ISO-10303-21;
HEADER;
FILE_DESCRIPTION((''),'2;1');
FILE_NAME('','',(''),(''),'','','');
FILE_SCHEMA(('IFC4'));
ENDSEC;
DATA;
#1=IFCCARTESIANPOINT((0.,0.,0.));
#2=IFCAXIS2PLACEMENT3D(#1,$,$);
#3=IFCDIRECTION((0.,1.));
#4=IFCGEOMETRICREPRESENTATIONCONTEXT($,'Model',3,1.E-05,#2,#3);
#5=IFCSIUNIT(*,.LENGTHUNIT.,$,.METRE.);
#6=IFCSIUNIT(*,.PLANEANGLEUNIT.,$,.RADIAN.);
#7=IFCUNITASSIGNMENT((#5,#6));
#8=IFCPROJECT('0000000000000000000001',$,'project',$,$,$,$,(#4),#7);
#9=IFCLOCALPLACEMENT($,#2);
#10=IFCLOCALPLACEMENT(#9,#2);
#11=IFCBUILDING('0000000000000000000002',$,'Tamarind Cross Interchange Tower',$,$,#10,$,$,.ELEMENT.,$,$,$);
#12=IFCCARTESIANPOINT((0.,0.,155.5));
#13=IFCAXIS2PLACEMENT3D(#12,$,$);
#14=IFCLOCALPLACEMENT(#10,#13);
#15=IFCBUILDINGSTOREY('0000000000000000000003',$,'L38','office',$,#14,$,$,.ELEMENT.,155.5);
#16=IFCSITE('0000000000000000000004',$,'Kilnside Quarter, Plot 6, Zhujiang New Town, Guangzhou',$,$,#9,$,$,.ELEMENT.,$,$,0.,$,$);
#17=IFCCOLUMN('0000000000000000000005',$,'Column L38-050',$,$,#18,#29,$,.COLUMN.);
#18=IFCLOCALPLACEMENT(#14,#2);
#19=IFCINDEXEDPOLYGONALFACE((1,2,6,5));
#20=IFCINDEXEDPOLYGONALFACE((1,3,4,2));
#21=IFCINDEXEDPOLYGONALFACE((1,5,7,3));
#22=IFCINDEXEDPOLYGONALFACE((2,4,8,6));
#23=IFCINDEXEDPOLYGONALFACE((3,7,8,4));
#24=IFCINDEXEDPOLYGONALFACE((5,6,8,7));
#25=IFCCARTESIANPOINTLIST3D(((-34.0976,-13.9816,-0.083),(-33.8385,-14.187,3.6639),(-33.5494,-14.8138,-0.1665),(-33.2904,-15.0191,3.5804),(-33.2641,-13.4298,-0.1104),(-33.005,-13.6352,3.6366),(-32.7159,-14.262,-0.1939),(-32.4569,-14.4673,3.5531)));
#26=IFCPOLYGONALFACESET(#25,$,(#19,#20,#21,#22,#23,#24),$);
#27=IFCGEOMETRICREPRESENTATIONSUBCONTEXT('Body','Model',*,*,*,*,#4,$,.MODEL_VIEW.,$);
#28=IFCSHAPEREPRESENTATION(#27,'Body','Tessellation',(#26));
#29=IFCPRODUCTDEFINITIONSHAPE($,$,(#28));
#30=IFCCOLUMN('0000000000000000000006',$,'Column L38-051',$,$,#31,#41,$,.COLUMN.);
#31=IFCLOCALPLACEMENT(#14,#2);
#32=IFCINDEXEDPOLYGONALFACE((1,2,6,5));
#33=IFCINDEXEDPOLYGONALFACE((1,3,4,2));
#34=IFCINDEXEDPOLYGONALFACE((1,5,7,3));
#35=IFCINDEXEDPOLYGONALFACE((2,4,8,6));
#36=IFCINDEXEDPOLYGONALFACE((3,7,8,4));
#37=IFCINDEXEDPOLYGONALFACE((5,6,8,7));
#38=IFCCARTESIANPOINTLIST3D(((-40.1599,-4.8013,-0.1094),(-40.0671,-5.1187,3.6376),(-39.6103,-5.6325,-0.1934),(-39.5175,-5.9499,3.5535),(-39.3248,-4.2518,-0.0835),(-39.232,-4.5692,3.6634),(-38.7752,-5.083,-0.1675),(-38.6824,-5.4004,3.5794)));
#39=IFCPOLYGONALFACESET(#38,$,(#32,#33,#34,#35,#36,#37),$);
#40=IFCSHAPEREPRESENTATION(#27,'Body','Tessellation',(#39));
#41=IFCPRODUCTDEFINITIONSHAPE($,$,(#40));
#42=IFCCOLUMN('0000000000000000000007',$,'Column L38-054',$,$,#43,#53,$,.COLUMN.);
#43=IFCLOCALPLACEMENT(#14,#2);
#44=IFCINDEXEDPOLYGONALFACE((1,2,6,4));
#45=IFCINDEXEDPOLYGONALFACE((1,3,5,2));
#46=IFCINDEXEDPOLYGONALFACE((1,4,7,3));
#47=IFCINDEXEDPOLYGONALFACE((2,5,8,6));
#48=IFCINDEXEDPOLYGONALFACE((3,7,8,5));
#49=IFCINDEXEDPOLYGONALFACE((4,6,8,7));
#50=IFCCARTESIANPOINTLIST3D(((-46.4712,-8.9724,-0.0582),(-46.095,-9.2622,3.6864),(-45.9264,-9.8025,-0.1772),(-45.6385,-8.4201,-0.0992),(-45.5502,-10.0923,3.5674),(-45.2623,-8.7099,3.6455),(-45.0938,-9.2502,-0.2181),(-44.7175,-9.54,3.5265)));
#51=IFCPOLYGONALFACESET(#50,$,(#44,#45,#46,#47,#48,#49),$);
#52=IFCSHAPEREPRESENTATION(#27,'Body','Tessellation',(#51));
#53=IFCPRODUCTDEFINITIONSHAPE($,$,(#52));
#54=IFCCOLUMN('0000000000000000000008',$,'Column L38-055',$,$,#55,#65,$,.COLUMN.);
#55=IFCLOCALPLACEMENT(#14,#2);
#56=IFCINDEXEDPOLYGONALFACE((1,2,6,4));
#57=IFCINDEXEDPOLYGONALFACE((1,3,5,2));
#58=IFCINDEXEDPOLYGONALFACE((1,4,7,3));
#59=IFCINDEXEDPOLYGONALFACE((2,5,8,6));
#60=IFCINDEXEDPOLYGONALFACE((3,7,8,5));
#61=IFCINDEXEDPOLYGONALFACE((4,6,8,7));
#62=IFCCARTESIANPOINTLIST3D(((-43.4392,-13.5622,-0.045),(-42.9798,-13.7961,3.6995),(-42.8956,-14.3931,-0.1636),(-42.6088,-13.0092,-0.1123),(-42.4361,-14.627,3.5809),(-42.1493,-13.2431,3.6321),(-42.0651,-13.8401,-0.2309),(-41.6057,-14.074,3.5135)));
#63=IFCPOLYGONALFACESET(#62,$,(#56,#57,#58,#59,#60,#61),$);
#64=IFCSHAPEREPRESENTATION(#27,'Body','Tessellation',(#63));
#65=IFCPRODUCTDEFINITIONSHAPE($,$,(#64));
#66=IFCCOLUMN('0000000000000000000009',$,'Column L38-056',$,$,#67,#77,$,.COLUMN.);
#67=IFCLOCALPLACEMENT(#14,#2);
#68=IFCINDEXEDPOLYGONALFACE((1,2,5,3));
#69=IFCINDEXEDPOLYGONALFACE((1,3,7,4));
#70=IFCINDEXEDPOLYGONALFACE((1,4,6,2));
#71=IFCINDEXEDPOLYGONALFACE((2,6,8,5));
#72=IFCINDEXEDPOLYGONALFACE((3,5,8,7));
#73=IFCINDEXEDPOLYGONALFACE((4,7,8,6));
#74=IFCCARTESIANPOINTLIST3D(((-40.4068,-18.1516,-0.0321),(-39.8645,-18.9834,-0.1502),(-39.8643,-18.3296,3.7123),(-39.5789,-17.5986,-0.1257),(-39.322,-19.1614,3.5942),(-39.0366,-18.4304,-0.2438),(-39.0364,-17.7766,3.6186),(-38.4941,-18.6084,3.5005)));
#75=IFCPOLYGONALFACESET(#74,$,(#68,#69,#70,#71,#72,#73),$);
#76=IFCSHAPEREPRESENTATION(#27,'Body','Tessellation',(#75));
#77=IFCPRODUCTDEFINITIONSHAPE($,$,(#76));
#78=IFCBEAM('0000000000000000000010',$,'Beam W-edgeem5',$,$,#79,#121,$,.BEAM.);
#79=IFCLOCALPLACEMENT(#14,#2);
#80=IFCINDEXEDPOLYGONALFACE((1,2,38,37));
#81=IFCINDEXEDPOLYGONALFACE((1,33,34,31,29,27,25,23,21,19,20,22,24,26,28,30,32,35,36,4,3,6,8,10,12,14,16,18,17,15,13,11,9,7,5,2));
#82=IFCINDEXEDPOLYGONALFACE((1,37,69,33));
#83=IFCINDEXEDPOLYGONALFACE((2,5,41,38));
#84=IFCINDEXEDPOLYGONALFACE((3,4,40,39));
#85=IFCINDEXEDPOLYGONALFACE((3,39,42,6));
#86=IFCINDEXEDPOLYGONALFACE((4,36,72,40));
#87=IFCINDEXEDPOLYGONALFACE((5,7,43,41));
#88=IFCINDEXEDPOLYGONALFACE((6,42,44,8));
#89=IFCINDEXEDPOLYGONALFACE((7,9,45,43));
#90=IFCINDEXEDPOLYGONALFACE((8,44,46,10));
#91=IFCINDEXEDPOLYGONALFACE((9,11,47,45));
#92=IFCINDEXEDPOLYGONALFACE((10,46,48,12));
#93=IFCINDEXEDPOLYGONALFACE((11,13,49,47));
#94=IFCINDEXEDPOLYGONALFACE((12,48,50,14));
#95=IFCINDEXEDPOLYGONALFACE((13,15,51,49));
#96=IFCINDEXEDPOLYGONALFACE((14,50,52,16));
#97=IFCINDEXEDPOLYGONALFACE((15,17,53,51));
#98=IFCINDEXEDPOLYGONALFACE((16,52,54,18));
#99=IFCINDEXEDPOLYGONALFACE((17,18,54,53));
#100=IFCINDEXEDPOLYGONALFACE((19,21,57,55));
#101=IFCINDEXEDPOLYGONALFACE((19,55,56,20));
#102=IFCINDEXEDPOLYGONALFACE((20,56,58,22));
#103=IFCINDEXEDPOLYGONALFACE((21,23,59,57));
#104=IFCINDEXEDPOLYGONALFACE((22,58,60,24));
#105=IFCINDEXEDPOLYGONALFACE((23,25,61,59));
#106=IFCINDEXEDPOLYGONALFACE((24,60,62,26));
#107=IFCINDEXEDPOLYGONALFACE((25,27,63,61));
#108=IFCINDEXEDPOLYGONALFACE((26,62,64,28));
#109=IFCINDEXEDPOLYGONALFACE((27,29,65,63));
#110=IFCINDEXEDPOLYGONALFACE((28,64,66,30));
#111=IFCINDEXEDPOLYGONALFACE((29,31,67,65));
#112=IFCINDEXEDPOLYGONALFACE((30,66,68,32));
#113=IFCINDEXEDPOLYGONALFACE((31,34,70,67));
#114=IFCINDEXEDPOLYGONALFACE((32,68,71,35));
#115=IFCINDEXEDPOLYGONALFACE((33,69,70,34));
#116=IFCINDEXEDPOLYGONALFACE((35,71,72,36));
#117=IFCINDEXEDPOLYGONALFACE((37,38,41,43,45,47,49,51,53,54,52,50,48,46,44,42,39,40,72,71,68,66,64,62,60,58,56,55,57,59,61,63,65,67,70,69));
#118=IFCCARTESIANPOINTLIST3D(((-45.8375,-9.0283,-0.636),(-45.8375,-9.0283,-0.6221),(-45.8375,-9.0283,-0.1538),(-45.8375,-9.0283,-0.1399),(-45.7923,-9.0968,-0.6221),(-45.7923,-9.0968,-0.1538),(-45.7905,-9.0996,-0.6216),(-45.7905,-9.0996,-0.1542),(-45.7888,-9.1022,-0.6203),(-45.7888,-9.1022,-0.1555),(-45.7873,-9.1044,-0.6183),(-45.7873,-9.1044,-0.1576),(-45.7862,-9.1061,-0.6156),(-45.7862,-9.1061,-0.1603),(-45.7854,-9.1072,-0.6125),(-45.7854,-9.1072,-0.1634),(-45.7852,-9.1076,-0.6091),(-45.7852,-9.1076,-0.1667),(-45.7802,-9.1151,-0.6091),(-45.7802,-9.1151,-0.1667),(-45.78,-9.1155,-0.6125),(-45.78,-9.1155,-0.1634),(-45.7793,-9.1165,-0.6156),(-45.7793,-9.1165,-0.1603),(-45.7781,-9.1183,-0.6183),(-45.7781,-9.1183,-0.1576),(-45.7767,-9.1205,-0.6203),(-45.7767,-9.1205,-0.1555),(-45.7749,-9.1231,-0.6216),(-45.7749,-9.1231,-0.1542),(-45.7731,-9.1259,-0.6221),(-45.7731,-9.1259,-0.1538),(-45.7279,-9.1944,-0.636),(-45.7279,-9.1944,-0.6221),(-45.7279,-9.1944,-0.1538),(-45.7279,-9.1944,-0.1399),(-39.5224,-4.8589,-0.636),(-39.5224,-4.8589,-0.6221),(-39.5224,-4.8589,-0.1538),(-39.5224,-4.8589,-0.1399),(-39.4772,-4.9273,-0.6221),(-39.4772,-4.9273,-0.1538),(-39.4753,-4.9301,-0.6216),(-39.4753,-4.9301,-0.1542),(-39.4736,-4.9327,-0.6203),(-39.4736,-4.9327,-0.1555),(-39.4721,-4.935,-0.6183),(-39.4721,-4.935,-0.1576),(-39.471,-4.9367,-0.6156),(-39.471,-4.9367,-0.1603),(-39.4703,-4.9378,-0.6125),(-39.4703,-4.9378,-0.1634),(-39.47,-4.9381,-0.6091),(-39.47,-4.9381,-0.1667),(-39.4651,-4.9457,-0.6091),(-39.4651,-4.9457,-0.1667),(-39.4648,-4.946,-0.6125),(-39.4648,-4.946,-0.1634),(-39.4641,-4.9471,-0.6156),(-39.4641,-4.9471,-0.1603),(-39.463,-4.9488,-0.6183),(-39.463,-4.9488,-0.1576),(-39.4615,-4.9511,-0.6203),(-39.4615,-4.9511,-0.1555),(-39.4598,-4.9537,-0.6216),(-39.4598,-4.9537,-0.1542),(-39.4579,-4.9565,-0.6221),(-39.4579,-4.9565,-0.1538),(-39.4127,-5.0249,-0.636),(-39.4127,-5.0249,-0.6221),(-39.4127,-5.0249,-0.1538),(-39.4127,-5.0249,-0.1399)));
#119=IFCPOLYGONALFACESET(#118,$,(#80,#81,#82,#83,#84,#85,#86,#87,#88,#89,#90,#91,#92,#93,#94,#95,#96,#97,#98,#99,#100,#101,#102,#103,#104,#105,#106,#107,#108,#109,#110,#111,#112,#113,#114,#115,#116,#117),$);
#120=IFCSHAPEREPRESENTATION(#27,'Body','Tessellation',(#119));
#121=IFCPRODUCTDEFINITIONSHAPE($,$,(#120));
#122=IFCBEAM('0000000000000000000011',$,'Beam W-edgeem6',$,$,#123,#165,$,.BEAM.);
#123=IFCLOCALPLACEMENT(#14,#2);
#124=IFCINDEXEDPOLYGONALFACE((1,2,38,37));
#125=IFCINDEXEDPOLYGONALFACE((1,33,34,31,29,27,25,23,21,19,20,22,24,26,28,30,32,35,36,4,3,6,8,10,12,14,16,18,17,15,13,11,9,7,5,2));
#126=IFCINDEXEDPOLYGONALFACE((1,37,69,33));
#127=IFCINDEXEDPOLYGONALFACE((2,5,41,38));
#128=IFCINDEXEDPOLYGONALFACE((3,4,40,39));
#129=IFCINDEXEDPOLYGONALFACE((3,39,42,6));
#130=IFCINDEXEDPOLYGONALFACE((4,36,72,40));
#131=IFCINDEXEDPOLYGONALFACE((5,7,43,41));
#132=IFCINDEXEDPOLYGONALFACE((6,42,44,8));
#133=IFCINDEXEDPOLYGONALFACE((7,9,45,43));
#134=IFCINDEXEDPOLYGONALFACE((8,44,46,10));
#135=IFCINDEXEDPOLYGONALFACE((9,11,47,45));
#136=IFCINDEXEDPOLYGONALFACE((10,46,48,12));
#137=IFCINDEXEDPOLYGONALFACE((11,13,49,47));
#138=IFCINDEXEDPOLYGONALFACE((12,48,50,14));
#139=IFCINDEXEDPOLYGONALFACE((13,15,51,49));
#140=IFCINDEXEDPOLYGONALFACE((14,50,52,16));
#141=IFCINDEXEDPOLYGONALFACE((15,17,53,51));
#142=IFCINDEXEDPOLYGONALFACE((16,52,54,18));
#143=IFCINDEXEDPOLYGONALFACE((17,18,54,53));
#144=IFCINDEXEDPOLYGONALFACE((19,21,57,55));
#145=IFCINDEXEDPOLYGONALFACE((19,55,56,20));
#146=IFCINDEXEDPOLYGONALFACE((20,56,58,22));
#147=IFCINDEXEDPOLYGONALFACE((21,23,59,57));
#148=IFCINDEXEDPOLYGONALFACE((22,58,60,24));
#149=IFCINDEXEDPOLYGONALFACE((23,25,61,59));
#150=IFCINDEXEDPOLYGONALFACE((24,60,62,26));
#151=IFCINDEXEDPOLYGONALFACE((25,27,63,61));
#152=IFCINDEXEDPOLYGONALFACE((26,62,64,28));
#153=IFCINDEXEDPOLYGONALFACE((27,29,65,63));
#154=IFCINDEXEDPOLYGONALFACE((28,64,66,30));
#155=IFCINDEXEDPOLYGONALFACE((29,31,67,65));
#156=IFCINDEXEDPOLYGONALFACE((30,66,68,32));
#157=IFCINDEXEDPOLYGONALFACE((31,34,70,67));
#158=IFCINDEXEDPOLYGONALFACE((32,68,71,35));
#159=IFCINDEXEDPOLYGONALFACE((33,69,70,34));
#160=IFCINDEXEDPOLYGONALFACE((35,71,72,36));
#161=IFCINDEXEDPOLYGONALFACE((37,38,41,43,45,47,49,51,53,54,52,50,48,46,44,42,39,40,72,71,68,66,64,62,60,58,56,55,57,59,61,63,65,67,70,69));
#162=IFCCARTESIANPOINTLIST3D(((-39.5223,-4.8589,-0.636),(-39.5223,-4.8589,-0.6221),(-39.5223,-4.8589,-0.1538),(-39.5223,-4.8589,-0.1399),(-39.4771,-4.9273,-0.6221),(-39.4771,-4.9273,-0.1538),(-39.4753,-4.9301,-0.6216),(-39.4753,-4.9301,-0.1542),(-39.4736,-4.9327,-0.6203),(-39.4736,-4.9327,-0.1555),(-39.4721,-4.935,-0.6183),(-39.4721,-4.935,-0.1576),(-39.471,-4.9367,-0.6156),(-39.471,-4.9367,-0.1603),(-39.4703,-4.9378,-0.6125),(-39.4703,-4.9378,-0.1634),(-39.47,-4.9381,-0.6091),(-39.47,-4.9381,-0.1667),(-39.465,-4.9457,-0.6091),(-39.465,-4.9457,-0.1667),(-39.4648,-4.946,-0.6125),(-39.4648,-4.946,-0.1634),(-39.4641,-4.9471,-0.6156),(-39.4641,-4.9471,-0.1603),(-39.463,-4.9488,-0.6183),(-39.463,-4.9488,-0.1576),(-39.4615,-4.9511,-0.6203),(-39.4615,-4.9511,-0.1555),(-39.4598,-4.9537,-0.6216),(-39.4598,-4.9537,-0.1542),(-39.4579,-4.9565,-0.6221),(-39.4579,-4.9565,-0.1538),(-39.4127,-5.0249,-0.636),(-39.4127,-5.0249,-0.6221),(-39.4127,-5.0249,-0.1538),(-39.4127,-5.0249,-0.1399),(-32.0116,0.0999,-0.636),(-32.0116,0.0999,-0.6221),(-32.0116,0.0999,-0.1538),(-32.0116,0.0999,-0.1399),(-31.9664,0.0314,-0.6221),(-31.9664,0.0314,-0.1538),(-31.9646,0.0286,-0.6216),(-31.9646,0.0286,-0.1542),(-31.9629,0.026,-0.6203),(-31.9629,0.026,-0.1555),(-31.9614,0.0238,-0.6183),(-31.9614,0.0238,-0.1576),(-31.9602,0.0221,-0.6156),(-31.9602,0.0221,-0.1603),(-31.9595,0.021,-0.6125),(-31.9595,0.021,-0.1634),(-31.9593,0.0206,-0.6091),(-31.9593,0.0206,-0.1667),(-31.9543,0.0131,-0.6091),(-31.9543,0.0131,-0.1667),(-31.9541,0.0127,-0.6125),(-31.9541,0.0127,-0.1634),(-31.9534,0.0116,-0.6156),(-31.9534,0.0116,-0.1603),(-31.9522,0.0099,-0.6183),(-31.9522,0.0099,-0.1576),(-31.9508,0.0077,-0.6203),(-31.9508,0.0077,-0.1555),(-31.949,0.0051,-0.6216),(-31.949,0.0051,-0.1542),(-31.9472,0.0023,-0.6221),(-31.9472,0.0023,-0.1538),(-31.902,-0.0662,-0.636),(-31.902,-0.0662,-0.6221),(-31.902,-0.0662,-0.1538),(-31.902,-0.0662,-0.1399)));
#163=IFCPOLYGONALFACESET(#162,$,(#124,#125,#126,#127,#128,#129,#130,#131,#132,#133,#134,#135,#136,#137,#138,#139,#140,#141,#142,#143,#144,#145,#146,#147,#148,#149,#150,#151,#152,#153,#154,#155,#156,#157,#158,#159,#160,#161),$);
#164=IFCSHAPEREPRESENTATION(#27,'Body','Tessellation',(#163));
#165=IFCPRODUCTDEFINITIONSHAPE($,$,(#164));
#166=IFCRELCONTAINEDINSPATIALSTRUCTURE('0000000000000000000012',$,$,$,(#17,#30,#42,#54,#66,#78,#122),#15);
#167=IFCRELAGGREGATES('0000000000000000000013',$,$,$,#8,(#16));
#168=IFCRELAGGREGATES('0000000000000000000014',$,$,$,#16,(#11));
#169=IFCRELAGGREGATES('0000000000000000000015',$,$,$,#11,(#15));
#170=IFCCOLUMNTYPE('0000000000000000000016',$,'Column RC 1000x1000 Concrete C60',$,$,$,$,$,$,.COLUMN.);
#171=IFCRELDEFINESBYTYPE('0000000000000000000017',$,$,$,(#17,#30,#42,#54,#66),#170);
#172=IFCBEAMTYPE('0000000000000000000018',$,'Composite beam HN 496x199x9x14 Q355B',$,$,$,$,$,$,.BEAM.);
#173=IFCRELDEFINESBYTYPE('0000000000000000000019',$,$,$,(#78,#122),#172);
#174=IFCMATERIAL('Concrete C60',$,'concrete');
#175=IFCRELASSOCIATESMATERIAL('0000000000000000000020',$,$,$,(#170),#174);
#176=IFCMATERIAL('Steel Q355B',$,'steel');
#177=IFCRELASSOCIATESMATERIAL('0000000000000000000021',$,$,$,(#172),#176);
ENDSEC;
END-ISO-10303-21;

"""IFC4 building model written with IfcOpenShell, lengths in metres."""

from ifc_helpers import new_model, si_unit, direction, frame, origin, origin_2d, place, context, subcontext, project, spatial, rectangle, i_section, extrude, material, material_profile, profile_set, type_object, element, save


model = new_model("IFC4")

# Units and contexts
model_context = context("Model", 3, precision=1e-05, world=origin(), true_north=direction((0.0, 1.0)))
body_context = subcontext(model_context, "Body", "Model", "MODEL_VIEW")
ifc_project = project(units=[si_unit("LENGTHUNIT", "METRE"), si_unit("PLANEANGLEUNIT", "RADIAN")], contexts=[model_context])

# Site, building, storey
site_placement = place(None, origin())
site = spatial("IfcSite", under=ifc_project, at=site_placement, Name="Kilnside Quarter, Plot 6, Zhujiang New Town, Guangzhou", CompositionType="ELEMENT", RefElevation=0.0)
building_placement = place(site_placement, origin())
building = spatial("IfcBuilding", under=site, at=building_placement, Name="Tamarind Cross Interchange Tower", CompositionType="ELEMENT")
storey_placement = place(building_placement, frame((0.0, 0.0, 155.5)))
storey = spatial("IfcBuildingStorey", under=building, at=storey_placement, Name="L38", Description="office", CompositionType="ELEMENT", Elevation=155.5)

# Columns
ifc_material_1 = material(Name="Concrete C60", Category="concrete")
ifc_material_profile_1 = material_profile(ifc_material_1, rectangle(XDim=1.0, YDim=1.0, at=origin_2d()), Name="RC 1000x1000")
ifc_profile_set_1 = profile_set([ifc_material_profile_1], Name="Concrete C60")
column_type = type_object("IfcColumnType", Name="Column RC 1000x1000 Concrete C60", PredefinedType="COLUMN", material=ifc_profile_set_1)
for number, where, z_axis, x_axis, name in (
    (1, (-33.4067, -14.1218, -0.1384), (0.068867, -0.054587, 0.996131), (-0.54817, 0.832189, 0.0835), "Column L38-050"),
    (2, (-39.4675, -4.9421, -0.1384), (0.024665, -0.084379, 0.996128), (0.83509, 0.549505, 0.02587), "Column L38-051"),
):
    element("IfcColumn", number, at=place(storey_placement, frame(where, z_axis=z_axis, x_axis=x_axis)), inside=storey, type_object=column_type, Name=name, PredefinedType="COLUMN", context=body_context, shape_type="SweptSolid", body=[
        extrude(rectangle(XDim=1.0, YDim=1.0, at=origin_2d()), origin(), (0.0, 0.0, 1.0), 3.7615),
    ])
column_1_placement = place(storey_placement, frame((-45.7825, -9.1113, -0.1382), z_axis=(0.099671, -0.076775, 0.992054), x_axis=(-0.544783, 0.830095, 0.118975)))
element("IfcColumn", 3, at=column_1_placement, inside=storey, type_object=column_type, Name="Column L38-054", PredefinedType="COLUMN", context=body_context, shape_type="SweptSolid", body=[
    extrude(rectangle(XDim=1.0, YDim=1.0, at=origin_2d()), origin(), (0.0, 0.0, 1.0), 3.7747),
])
column_2_placement = place(storey_placement, frame((-42.7522, -13.7012, -0.1379), z_axis=(0.121563, -0.061879, 0.990653), x_axis=(-0.543619, 0.830909, 0.118609)))
element("IfcColumn", 4, at=column_2_placement, inside=storey, type_object=column_type, Name="Column L38-055", PredefinedType="COLUMN", context=body_context, shape_type="SweptSolid", body=[
    extrude(rectangle(XDim=1.0, YDim=1.0, at=origin_2d()), origin(), (0.0, 0.0, 1.0), 3.7798),
])
column_3_placement = place(storey_placement, frame((-39.7217, -18.291, -0.1379), z_axis=(0.143223, -0.046989, 0.988574), x_axis=(-0.542274, 0.83186, 0.118104)))
element("IfcColumn", 5, at=column_3_placement, inside=storey, type_object=column_type, Name="Column L38-056", PredefinedType="COLUMN", context=body_context, shape_type="SweptSolid", body=[
    extrude(rectangle(XDim=1.0, YDim=1.0, at=origin_2d()), origin(), (0.0, 0.0, 1.0), 3.7876),
])

# Beams
ifc_material_2 = material(Name="Steel Q355B", Category="steel")
ifc_material_profile_2 = material_profile(ifc_material_2, i_section(OverallWidth=0.199, OverallDepth=0.4961, WebThickness=0.009, FlangeThickness=0.0139, FilletRadius=0.0129, at=origin_2d()), Name="HN 496x199x9x14")
ifc_profile_set_2 = profile_set([ifc_material_profile_2], Name="Steel Q355B")
beam_type_1 = type_object("IfcBeamType", Name="Composite beam HN 496x199x9x14 Q355B", PredefinedType="BEAM", material=ifc_profile_set_2)
beam_1_placement = place(storey_placement, frame((-45.7827, -9.1113, -0.3879), z_axis=(0.834524, 0.550972, 0.0), x_axis=(-0.550972, 0.834524, 0.0)))
element("IfcBeam", 6, at=beam_1_placement, inside=storey, type_object=beam_type_1, Name="Beam W-edgeem5", PredefinedType="BEAM", context=body_context, shape_type="SweptSolid", body=[
    extrude(i_section(OverallWidth=0.199, OverallDepth=0.4961, WebThickness=0.009, FlangeThickness=0.0139, FilletRadius=0.0129, at=origin_2d()), origin(), (0.0, 0.0, 1.0), 7.5674),
])
beam_2_placement = place(storey_placement, frame((-39.4675, -4.9419, -0.3879), z_axis=(0.834525, 0.55097, 0.0), x_axis=(-0.55097, 0.834525, 0.0)))
element("IfcBeam", 7, at=beam_2_placement, inside=storey, type_object=beam_type_1, Name="Beam W-edgeem6", PredefinedType="BEAM", context=body_context, shape_type="SweptSolid", body=[
    extrude(i_section(OverallWidth=0.199, OverallDepth=0.4961, WebThickness=0.009, FlangeThickness=0.0139, FilletRadius=0.0129, at=origin_2d()), origin(), (0.0, 0.0, 1.0), 9.0),
])

save(model, "model.ifc")
